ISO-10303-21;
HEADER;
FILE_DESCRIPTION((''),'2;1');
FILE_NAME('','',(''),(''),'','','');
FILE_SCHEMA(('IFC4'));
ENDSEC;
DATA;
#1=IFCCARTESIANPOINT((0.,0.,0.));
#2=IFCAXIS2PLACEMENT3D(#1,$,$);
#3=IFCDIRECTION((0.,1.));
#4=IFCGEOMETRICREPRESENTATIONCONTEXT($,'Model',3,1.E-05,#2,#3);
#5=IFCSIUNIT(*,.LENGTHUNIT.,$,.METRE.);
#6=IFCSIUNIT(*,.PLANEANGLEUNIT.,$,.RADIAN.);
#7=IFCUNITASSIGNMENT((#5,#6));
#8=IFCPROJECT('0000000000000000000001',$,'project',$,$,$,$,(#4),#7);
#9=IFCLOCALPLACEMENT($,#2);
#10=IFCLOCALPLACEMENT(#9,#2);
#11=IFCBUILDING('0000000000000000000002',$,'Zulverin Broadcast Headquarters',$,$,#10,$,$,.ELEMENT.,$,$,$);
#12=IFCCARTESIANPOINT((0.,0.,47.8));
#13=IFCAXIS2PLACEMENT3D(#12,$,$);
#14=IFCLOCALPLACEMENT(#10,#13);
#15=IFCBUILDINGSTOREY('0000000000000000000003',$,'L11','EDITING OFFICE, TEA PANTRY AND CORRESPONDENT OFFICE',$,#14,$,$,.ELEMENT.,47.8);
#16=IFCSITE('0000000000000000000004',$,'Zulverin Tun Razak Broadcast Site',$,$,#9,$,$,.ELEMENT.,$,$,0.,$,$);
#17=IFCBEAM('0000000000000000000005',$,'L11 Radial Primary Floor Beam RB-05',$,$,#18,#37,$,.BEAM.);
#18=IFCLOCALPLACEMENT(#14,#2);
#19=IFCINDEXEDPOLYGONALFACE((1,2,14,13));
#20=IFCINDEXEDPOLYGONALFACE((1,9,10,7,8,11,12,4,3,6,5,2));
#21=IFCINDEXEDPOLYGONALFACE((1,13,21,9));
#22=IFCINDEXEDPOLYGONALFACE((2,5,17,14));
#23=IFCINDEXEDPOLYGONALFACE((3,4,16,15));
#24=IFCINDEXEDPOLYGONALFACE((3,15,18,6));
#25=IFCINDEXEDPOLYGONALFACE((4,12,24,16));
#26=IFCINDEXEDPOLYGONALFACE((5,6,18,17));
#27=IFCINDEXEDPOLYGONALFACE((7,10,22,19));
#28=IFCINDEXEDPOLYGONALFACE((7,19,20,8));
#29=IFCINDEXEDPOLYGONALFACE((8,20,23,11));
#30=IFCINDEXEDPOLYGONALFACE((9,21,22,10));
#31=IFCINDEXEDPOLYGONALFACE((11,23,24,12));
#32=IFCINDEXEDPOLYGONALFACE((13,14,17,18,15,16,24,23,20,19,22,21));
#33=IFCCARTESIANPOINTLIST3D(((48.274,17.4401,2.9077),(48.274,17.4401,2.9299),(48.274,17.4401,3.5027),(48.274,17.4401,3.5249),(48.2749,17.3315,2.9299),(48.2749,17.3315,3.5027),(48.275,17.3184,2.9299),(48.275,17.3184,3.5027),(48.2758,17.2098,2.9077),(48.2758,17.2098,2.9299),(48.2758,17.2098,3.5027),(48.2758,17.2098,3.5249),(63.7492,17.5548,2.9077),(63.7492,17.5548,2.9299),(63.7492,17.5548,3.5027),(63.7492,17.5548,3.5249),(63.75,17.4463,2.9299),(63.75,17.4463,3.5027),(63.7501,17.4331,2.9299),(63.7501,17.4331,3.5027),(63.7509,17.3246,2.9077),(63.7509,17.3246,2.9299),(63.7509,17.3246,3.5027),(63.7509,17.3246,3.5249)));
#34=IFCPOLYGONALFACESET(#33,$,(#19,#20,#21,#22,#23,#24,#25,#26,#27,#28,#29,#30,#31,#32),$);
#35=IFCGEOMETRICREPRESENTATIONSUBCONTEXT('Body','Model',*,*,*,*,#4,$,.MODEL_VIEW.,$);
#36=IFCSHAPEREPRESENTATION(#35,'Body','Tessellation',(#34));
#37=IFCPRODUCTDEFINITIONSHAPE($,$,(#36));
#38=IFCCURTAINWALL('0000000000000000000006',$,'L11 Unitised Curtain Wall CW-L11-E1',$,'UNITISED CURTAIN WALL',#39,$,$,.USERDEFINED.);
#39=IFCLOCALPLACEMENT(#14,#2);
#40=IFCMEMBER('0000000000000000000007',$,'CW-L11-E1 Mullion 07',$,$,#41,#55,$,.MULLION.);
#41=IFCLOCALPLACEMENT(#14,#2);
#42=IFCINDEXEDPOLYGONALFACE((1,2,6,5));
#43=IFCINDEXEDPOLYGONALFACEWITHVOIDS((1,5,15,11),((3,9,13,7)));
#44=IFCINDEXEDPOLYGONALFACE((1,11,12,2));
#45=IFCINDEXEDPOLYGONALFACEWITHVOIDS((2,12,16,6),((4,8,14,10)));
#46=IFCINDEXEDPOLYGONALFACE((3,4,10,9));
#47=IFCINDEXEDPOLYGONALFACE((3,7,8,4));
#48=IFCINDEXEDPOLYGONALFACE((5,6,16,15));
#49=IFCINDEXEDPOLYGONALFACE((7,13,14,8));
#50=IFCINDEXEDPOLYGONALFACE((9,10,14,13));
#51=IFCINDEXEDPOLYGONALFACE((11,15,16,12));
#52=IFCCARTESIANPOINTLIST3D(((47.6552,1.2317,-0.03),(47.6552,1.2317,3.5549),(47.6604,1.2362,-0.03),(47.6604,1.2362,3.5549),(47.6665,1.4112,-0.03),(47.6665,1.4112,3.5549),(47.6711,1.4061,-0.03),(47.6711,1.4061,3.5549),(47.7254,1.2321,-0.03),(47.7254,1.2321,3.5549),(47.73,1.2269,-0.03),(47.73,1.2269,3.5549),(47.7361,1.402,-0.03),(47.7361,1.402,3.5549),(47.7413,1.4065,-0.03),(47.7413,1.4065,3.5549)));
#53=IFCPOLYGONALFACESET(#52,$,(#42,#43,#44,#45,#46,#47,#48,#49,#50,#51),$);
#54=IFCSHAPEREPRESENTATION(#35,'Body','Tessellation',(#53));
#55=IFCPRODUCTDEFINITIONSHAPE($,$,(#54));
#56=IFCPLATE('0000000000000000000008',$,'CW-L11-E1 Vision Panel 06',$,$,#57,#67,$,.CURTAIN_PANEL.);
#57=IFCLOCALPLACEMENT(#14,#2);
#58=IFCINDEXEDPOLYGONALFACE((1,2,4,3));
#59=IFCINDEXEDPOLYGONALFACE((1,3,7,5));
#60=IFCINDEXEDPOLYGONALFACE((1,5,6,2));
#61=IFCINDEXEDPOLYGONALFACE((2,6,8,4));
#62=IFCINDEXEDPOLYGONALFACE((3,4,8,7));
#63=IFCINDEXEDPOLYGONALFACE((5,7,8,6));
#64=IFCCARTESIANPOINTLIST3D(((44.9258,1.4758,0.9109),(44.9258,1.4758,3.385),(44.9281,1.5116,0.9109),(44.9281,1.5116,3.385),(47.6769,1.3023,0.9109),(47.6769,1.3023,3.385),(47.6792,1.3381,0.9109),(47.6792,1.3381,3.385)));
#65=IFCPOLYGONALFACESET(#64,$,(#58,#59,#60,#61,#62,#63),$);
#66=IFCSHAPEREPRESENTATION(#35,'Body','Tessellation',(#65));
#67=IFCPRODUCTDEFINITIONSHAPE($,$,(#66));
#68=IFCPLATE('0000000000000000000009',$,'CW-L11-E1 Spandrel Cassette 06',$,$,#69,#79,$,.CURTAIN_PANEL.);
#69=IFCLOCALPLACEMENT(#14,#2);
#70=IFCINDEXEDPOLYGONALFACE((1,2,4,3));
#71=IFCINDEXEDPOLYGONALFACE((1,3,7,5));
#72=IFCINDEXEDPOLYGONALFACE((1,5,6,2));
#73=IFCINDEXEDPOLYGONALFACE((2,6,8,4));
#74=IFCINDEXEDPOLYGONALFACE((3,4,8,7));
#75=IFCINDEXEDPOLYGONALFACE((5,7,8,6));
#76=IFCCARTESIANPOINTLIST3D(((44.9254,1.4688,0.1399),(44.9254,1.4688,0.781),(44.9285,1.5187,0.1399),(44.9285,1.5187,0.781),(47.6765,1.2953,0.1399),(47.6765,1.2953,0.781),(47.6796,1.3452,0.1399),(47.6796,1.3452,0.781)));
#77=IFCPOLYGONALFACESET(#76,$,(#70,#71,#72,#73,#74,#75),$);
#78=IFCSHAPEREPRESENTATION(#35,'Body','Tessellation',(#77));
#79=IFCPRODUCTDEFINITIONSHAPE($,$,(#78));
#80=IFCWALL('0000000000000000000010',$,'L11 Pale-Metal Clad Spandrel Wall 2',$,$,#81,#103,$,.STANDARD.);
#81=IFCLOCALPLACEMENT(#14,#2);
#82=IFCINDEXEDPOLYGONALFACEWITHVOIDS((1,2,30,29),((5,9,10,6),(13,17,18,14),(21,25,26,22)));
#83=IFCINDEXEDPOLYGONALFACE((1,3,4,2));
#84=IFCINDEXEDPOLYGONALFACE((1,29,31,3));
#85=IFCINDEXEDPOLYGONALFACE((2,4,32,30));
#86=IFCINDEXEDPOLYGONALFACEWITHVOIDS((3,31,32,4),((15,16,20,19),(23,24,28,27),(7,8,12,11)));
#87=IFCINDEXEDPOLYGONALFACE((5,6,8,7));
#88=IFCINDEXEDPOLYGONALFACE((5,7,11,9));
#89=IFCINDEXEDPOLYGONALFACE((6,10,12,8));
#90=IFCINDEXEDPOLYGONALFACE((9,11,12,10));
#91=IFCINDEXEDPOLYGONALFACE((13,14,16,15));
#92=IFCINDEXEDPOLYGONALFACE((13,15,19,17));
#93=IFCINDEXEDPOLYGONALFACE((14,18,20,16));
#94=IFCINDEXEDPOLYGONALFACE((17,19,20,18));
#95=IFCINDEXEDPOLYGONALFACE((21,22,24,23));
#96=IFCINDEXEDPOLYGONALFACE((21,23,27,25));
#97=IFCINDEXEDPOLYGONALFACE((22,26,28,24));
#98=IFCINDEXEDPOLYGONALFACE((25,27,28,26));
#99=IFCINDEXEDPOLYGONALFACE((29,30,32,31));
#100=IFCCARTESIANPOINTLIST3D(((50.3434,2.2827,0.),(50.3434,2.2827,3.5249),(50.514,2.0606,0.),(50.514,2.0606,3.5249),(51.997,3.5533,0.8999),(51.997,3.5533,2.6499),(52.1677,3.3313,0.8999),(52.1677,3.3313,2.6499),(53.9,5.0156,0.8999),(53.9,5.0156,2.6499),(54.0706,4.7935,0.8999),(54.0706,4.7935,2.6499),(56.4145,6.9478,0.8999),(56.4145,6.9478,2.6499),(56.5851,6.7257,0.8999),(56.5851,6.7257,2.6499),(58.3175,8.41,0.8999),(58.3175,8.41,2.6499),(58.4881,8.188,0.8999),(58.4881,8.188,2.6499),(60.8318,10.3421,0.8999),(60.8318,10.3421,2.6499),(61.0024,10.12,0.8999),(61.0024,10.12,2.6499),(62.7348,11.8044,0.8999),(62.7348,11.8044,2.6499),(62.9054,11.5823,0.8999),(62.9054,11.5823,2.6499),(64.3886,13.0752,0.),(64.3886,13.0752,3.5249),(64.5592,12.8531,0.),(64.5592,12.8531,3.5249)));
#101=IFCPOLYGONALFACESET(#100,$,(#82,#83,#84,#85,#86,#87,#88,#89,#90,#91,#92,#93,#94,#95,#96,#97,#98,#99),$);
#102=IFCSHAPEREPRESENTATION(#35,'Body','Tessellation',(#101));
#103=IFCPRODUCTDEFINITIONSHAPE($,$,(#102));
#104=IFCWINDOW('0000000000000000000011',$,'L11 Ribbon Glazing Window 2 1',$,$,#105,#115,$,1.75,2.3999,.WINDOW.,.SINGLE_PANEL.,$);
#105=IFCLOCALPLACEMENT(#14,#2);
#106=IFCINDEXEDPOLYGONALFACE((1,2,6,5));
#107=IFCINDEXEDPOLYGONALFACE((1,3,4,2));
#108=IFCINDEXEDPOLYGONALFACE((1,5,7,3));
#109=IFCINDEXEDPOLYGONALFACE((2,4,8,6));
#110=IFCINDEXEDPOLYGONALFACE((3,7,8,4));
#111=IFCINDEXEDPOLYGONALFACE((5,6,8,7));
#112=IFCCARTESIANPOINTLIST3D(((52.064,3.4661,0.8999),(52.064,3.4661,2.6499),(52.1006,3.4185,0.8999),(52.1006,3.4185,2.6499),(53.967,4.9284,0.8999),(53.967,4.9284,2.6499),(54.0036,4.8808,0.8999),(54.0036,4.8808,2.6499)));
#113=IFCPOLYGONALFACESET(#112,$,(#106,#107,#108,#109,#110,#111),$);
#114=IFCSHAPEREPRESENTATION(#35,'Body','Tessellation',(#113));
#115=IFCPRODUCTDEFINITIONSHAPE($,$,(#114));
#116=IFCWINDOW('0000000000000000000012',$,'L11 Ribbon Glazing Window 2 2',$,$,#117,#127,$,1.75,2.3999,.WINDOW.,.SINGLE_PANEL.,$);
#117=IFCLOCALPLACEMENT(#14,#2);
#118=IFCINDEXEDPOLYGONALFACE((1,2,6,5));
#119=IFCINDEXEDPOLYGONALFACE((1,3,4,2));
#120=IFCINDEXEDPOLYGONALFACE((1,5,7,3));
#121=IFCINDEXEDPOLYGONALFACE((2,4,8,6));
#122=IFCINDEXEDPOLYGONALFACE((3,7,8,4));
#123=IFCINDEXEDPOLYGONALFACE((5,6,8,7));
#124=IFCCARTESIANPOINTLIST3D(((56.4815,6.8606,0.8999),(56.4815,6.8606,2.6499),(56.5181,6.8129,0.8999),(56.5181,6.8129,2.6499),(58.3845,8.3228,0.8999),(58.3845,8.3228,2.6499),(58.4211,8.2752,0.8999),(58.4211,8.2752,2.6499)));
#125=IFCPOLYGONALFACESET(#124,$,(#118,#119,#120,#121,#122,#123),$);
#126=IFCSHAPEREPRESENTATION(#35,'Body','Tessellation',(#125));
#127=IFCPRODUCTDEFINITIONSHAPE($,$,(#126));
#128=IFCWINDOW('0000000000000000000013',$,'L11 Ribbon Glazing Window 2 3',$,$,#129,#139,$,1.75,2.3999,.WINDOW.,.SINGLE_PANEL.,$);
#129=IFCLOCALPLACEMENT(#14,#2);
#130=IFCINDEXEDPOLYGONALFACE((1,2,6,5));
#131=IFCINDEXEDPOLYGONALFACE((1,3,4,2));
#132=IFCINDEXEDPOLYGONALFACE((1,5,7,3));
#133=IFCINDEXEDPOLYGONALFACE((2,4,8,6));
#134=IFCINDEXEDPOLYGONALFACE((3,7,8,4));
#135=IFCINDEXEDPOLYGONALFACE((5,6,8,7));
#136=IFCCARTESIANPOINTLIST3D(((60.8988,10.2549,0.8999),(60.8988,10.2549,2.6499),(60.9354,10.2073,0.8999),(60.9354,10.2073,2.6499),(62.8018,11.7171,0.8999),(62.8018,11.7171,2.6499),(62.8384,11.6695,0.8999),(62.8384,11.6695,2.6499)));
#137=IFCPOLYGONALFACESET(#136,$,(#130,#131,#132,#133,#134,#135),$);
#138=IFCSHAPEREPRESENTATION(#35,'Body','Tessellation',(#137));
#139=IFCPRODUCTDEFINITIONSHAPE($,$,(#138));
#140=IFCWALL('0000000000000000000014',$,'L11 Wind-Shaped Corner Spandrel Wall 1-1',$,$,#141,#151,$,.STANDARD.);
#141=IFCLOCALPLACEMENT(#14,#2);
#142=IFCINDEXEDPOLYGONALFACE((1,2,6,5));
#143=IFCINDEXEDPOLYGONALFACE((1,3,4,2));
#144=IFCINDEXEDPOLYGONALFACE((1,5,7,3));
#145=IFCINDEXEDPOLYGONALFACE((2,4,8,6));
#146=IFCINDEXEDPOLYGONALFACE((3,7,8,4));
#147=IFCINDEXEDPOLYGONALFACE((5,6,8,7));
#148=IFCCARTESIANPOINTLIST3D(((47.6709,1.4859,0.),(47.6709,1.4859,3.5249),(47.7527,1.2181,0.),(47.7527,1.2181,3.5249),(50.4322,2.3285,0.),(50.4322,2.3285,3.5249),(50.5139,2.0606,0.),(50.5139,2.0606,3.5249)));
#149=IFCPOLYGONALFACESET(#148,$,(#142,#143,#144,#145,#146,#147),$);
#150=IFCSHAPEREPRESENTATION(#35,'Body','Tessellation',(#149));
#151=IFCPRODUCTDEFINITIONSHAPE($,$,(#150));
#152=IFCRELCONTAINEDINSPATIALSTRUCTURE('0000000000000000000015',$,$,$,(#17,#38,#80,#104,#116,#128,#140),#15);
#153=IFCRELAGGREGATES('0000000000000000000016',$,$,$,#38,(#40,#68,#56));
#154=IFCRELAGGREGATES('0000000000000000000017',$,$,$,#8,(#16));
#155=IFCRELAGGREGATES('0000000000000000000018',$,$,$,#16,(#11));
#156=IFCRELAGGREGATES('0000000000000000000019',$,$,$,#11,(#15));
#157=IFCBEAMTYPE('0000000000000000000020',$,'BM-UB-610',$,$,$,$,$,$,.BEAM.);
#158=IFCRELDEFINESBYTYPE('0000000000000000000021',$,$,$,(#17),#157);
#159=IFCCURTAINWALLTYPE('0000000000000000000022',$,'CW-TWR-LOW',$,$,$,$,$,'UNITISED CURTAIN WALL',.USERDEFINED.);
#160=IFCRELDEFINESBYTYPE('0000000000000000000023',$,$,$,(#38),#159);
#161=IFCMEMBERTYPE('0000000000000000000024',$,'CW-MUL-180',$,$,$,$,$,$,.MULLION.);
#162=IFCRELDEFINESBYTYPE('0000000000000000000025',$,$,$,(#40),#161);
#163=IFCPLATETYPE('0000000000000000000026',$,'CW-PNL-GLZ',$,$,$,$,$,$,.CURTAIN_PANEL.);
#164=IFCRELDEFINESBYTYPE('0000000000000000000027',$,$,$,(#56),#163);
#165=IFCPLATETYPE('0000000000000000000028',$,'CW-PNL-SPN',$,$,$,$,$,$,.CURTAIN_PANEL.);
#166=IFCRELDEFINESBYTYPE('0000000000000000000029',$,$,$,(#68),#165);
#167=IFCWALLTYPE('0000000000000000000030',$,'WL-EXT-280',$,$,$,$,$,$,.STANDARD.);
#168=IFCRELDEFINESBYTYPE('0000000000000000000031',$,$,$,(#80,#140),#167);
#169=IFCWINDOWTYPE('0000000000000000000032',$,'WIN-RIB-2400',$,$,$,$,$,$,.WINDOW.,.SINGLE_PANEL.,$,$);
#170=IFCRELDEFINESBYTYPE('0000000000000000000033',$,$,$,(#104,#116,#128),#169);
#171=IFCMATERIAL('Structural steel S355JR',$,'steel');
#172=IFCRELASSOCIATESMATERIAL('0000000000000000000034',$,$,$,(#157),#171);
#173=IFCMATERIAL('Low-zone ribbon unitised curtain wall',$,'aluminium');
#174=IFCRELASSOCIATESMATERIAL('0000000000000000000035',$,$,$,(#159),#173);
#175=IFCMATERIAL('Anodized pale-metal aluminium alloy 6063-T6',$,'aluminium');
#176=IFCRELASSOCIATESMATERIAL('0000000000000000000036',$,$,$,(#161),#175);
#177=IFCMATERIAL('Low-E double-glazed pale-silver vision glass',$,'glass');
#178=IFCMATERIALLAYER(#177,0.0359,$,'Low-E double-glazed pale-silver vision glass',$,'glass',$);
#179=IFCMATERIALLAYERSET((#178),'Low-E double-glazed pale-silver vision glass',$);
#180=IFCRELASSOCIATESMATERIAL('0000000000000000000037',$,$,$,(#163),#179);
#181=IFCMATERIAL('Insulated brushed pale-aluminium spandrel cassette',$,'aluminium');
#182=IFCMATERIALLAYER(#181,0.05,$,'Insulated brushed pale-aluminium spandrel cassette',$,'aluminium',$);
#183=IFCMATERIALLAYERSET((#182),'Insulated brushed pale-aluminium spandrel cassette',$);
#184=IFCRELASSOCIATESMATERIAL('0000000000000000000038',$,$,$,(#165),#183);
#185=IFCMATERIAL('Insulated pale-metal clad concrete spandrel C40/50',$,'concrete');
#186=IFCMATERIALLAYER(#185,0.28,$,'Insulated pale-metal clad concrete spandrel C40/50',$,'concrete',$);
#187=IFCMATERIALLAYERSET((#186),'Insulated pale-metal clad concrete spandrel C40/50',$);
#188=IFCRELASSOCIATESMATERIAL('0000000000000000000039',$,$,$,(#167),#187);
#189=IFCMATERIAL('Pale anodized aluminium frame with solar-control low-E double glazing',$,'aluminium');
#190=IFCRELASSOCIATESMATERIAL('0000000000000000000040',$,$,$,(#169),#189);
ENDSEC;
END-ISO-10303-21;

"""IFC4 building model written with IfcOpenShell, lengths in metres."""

from ifc_helpers import new_model, si_unit, direction, frame, frame_2d, origin, origin_2d, place, context, subcontext, project, spatial, rectangle, hollow_rectangle, i_section, extrude, material, layer, layer_set, material_profile, profile_set, type_object, element, fill, aggregate, save


model = new_model("IFC4")

# Units and contexts
model_context = context("Model", 3, precision=1e-05, world=origin(), true_north=direction((0.0, 1.0)))
body_context = subcontext(model_context, "Body", "Model", "MODEL_VIEW")
ifc_project = project(units=[si_unit("LENGTHUNIT", "METRE"), si_unit("PLANEANGLEUNIT", "RADIAN")], contexts=[model_context])

# Site, building, storey
site_placement = place(None, origin())
site = spatial("IfcSite", under=ifc_project, at=site_placement, Name="Zulverin Tun Razak Broadcast Site", CompositionType="ELEMENT", RefElevation=0.0)
building_placement = place(site_placement, origin())
building = spatial("IfcBuilding", under=site, at=building_placement, Name="Zulverin Broadcast Headquarters", CompositionType="ELEMENT")
storey_placement = place(building_placement, frame((0.0, 0.0, 47.8)))
storey = spatial("IfcBuildingStorey", under=building, at=storey_placement, Name="L11", Description="EDITING OFFICE, TEA PANTRY AND CORRESPONDENT OFFICE", CompositionType="ELEMENT", Elevation=47.8)

# Beam
ifc_material_1 = material(Name="Structural steel S355JR", Category="steel")
ifc_material_profile_1 = material_profile(ifc_material_1, i_section(OverallWidth=0.2302, OverallDepth=0.6172, WebThickness=0.0132, FlangeThickness=0.0222, at=origin_2d()), Name="Structural steel S355JR", Category="steel")
ifc_profile_set_1 = profile_set([ifc_material_profile_1], Name="Structural steel S355JR")
beam_type_1 = type_object("IfcBeamType", Name="BM-UB-610", PredefinedType="BEAM", material=ifc_profile_set_1)
beam_1_placement = place(storey_placement, frame((48.2749, 17.325, 3.2163), z_axis=(0.999973, 0.007415, 0.0), x_axis=(-0.007415, 0.999973, 0.0)))
element("IfcBeam", 1, at=beam_1_placement, inside=storey, type_object=beam_type_1, Name="L11 Radial Primary Floor Beam RB-05", PredefinedType="BEAM", context=body_context, shape_type="SweptSolid", body=[
    extrude(i_section(OverallWidth=0.2302, OverallDepth=0.6172, WebThickness=0.0132, FlangeThickness=0.0222, at=origin_2d()), origin(), (0.0, 0.0, 1.0), 15.4756),
])

# Curtain wall, member, plates
ifc_material_2 = material(Name="Low-zone ribbon unitised curtain wall", Category="aluminium")
curtain_wall_type = type_object("IfcCurtainWallType", Name="CW-TWR-LOW", ElementType="UNITISED CURTAIN WALL", PredefinedType="USERDEFINED", material=ifc_material_2)
curtain_wall_placement = place(storey_placement, origin())
curtain_wall = element("IfcCurtainWall", 2, at=curtain_wall_placement, inside=storey, type_object=curtain_wall_type, Name="L11 Unitised Curtain Wall CW-L11-E1", ObjectType="UNITISED CURTAIN WALL", PredefinedType="USERDEFINED")
ifc_material_3 = material(Name="Anodized pale-metal aluminium alloy 6063-T6", Category="aluminium")
ifc_material_profile_2 = material_profile(ifc_material_3, hollow_rectangle(XDim=0.075, YDim=0.1799, WallThickness=0.0049, at=origin_2d()), Name="Anodized pale-metal aluminium alloy 6063-T6", Category="aluminium")
ifc_profile_set_2 = profile_set([ifc_material_profile_2], Name="Anodized pale-metal aluminium alloy 6063-T6")
member_type = type_object("IfcMemberType", Name="CW-MUL-180", PredefinedType="MULLION", material=ifc_profile_set_2)
member_placement = place(storey_placement, frame((47.6982, 1.3191, -0.03), z_axis=(0.0, 0.0, 1.0), x_axis=(0.998017, -0.062942, 0.0)))
member = element("IfcMember", 3, at=member_placement, type_object=member_type, Name="CW-L11-E1 Mullion 07", PredefinedType="MULLION", context=body_context, shape_type="SweptSolid", body=[
    extrude(hollow_rectangle(XDim=0.075, YDim=0.1799, WallThickness=0.0049, at=origin_2d()), origin(), (0.0, 0.0, 1.0), 3.585),
])
ifc_material_4 = material(Name="Low-E double-glazed pale-silver vision glass", Category="glass")
ifc_layer_1 = layer(ifc_material_4, 0.0359, Name="Low-E double-glazed pale-silver vision glass", Category="glass")
ifc_layer_set_1 = layer_set([ifc_layer_1], Name="Low-E double-glazed pale-silver vision glass")
plate_type_1 = type_object("IfcPlateType", Name="CW-PNL-GLZ", PredefinedType="CURTAIN_PANEL", material=ifc_layer_set_1)
plate_1_placement = place(storey_placement, frame((46.3025, 1.407, 0.9109), z_axis=(0.0, 0.0, 1.0), x_axis=(0.998017, -0.062942, 0.0)))
plate_1 = element("IfcPlate", 4, at=plate_1_placement, type_object=plate_type_1, Name="CW-L11-E1 Vision Panel 06", PredefinedType="CURTAIN_PANEL", context=body_context, shape_type="SweptSolid", body=[
    extrude(rectangle(XDim=2.7566, YDim=0.0359, at=origin_2d()), origin(), (0.0, 0.0, 1.0), 2.4741),
])
ifc_material_5 = material(Name="Insulated brushed pale-aluminium spandrel cassette", Category="aluminium")
ifc_layer_2 = layer(ifc_material_5, 0.05, Name="Insulated brushed pale-aluminium spandrel cassette", Category="aluminium")
ifc_layer_set_2 = layer_set([ifc_layer_2], Name="Insulated brushed pale-aluminium spandrel cassette")
plate_type_2 = type_object("IfcPlateType", Name="CW-PNL-SPN", PredefinedType="CURTAIN_PANEL", material=ifc_layer_set_2)
plate_2_placement = place(storey_placement, frame((46.3025, 1.407, 0.1399), z_axis=(0.0, 0.0, 1.0), x_axis=(0.998017, -0.062942, 0.0)))
plate_2 = element("IfcPlate", 5, at=plate_2_placement, type_object=plate_type_2, Name="CW-L11-E1 Spandrel Cassette 06", PredefinedType="CURTAIN_PANEL", context=body_context, shape_type="SweptSolid", body=[
    extrude(rectangle(XDim=2.7566, YDim=0.05, at=origin_2d()), origin(), (0.0, 0.0, 1.0), 0.6411),
])
aggregate(curtain_wall, [member, plate_2, plate_1])

# Wall, openings, windows
ifc_material_6 = material(Name="Insulated pale-metal clad concrete spandrel C40/50", Category="concrete")
ifc_layer_3 = layer(ifc_material_6, 0.28, Name="Insulated pale-metal clad concrete spandrel C40/50", Category="concrete")
ifc_layer_set_3 = layer_set([ifc_layer_3], Name="Insulated pale-metal clad concrete spandrel C40/50")
wall_type_1 = type_object("IfcWallType", Name="WL-EXT-280", PredefinedType="STANDARD", material=ifc_layer_set_3)
wall_1_placement = place(storey_placement, frame((50.4287, 2.1716, 0.0), z_axis=(0.0, 0.0, 1.0), x_axis=(0.792937, 0.609303, 0.0)))
wall_1 = element("IfcWall", 6, at=wall_1_placement, inside=storey, type_object=wall_type_1, Name="L11 Pale-Metal Clad Spandrel Wall 2", PredefinedType="STANDARD", context=body_context, shape_type="SweptSolid", body=[
    extrude(rectangle(XDim=17.7129, YDim=0.28, at=frame_2d((8.8564, 0.0))), origin(), (0.0, 0.0, 1.0), 3.5249),
])
opening_1_placement = place(wall_1_placement, frame((2.0854, 0.0, 0.8999)))
opening_1 = element("IfcOpeningElement", 7, at=opening_1_placement, cuts=wall_1, PredefinedType="OPENING", context=body_context, shape_type="SweptSolid", body=[
    extrude(rectangle(XDim=2.3999, YDim=1.75, at=frame_2d((1.2, 0.875))), frame((0.0, 0.1499, 0.0), z_axis=(0.0, -1.0, 0.0), x_axis=(1.0, 0.0, 0.0)), (0.0, 0.0, 1.0), 0.3),
])
opening_2_placement = place(wall_1_placement, frame((7.6565, 0.0, 0.8999)))
opening_2 = element("IfcOpeningElement", 8, at=opening_2_placement, cuts=wall_1, PredefinedType="OPENING", context=body_context, shape_type="SweptSolid", body=[
    extrude(rectangle(XDim=2.3999, YDim=1.75, at=frame_2d((1.2, 0.875))), frame((0.0, 0.1499, 0.0), z_axis=(0.0, -1.0, 0.0), x_axis=(1.0, 0.0, 0.0)), (0.0, 0.0, 1.0), 0.3),
])
opening_3_placement = place(wall_1_placement, frame((13.2273, 0.0, 0.8999)))
opening_3 = element("IfcOpeningElement", 9, at=opening_3_placement, cuts=wall_1, PredefinedType="OPENING", context=body_context, shape_type="SweptSolid", body=[
    extrude(rectangle(XDim=2.3999, YDim=1.75, at=frame_2d((1.2, 0.875))), frame((0.0, 0.1499, 0.0), z_axis=(0.0, -1.0, 0.0), x_axis=(1.0, 0.0, 0.0)), (0.0, 0.0, 1.0), 0.3),
])
ifc_material_7 = material(Name="Pale anodized aluminium frame with solar-control low-E double glazing", Category="aluminium")
window_type = type_object("IfcWindowType", Name="WIN-RIB-2400", PartitioningType="SINGLE_PANEL", PredefinedType="WINDOW", material=ifc_material_7)
window_1_placement = place(opening_1_placement, origin())
window_1 = element("IfcWindow", 10, at=window_1_placement, inside=storey, type_object=window_type, Name="L11 Ribbon Glazing Window 2 1", OverallHeight=1.75, OverallWidth=2.3999, PartitioningType="SINGLE_PANEL", PredefinedType="WINDOW", context=body_context, shape_type="SweptSolid", body=[
    extrude(rectangle(XDim=2.3999, YDim=1.75, at=frame_2d((1.2, 0.875))), frame((0.0, 0.03, 0.0), z_axis=(0.0, -1.0, 0.0), x_axis=(1.0, 0.0, 0.0)), (0.0, 0.0, 1.0), 0.0601),
])
fill(opening_1, window_1)
window_2_placement = place(opening_2_placement, origin())
window_2 = element("IfcWindow", 11, at=window_2_placement, inside=storey, type_object=window_type, Name="L11 Ribbon Glazing Window 2 2", OverallHeight=1.75, OverallWidth=2.3999, PartitioningType="SINGLE_PANEL", PredefinedType="WINDOW", context=body_context, shape_type="SweptSolid", body=[
    extrude(rectangle(XDim=2.3999, YDim=1.75, at=frame_2d((1.2, 0.875))), frame((0.0, 0.03, 0.0), z_axis=(0.0, -1.0, 0.0), x_axis=(1.0, 0.0, 0.0)), (0.0, 0.0, 1.0), 0.0601),
])
fill(opening_2, window_2)
window_3_placement = place(opening_3_placement, origin())
window_3 = element("IfcWindow", 12, at=window_3_placement, inside=storey, type_object=window_type, Name="L11 Ribbon Glazing Window 2 3", OverallHeight=1.75, OverallWidth=2.3999, PartitioningType="SINGLE_PANEL", PredefinedType="WINDOW", context=body_context, shape_type="SweptSolid", body=[
    extrude(rectangle(XDim=2.3999, YDim=1.75, at=frame_2d((1.2, 0.875))), frame((0.0, 0.03, 0.0), z_axis=(0.0, -1.0, 0.0), x_axis=(1.0, 0.0, 0.0)), (0.0, 0.0, 1.0), 0.0601),
])
fill(opening_3, window_3)

# Wall
wall_2_placement = place(storey_placement, frame((47.7119, 1.3521, 0.0), z_axis=(0.0, 0.0, 1.0), x_axis=(0.956466, 0.291845, 0.0)))
element("IfcWall", 13, at=wall_2_placement, inside=storey, type_object=wall_type_1, Name="L11 Wind-Shaped Corner Spandrel Wall 1-1", PredefinedType="STANDARD", context=body_context, shape_type="SweptSolid", body=[
    extrude(rectangle(XDim=2.887, YDim=0.28, at=frame_2d((1.4434, 0.0))), origin(), (0.0, 0.0, 1.0), 3.5249),
])

save(model, "model.ifc")
